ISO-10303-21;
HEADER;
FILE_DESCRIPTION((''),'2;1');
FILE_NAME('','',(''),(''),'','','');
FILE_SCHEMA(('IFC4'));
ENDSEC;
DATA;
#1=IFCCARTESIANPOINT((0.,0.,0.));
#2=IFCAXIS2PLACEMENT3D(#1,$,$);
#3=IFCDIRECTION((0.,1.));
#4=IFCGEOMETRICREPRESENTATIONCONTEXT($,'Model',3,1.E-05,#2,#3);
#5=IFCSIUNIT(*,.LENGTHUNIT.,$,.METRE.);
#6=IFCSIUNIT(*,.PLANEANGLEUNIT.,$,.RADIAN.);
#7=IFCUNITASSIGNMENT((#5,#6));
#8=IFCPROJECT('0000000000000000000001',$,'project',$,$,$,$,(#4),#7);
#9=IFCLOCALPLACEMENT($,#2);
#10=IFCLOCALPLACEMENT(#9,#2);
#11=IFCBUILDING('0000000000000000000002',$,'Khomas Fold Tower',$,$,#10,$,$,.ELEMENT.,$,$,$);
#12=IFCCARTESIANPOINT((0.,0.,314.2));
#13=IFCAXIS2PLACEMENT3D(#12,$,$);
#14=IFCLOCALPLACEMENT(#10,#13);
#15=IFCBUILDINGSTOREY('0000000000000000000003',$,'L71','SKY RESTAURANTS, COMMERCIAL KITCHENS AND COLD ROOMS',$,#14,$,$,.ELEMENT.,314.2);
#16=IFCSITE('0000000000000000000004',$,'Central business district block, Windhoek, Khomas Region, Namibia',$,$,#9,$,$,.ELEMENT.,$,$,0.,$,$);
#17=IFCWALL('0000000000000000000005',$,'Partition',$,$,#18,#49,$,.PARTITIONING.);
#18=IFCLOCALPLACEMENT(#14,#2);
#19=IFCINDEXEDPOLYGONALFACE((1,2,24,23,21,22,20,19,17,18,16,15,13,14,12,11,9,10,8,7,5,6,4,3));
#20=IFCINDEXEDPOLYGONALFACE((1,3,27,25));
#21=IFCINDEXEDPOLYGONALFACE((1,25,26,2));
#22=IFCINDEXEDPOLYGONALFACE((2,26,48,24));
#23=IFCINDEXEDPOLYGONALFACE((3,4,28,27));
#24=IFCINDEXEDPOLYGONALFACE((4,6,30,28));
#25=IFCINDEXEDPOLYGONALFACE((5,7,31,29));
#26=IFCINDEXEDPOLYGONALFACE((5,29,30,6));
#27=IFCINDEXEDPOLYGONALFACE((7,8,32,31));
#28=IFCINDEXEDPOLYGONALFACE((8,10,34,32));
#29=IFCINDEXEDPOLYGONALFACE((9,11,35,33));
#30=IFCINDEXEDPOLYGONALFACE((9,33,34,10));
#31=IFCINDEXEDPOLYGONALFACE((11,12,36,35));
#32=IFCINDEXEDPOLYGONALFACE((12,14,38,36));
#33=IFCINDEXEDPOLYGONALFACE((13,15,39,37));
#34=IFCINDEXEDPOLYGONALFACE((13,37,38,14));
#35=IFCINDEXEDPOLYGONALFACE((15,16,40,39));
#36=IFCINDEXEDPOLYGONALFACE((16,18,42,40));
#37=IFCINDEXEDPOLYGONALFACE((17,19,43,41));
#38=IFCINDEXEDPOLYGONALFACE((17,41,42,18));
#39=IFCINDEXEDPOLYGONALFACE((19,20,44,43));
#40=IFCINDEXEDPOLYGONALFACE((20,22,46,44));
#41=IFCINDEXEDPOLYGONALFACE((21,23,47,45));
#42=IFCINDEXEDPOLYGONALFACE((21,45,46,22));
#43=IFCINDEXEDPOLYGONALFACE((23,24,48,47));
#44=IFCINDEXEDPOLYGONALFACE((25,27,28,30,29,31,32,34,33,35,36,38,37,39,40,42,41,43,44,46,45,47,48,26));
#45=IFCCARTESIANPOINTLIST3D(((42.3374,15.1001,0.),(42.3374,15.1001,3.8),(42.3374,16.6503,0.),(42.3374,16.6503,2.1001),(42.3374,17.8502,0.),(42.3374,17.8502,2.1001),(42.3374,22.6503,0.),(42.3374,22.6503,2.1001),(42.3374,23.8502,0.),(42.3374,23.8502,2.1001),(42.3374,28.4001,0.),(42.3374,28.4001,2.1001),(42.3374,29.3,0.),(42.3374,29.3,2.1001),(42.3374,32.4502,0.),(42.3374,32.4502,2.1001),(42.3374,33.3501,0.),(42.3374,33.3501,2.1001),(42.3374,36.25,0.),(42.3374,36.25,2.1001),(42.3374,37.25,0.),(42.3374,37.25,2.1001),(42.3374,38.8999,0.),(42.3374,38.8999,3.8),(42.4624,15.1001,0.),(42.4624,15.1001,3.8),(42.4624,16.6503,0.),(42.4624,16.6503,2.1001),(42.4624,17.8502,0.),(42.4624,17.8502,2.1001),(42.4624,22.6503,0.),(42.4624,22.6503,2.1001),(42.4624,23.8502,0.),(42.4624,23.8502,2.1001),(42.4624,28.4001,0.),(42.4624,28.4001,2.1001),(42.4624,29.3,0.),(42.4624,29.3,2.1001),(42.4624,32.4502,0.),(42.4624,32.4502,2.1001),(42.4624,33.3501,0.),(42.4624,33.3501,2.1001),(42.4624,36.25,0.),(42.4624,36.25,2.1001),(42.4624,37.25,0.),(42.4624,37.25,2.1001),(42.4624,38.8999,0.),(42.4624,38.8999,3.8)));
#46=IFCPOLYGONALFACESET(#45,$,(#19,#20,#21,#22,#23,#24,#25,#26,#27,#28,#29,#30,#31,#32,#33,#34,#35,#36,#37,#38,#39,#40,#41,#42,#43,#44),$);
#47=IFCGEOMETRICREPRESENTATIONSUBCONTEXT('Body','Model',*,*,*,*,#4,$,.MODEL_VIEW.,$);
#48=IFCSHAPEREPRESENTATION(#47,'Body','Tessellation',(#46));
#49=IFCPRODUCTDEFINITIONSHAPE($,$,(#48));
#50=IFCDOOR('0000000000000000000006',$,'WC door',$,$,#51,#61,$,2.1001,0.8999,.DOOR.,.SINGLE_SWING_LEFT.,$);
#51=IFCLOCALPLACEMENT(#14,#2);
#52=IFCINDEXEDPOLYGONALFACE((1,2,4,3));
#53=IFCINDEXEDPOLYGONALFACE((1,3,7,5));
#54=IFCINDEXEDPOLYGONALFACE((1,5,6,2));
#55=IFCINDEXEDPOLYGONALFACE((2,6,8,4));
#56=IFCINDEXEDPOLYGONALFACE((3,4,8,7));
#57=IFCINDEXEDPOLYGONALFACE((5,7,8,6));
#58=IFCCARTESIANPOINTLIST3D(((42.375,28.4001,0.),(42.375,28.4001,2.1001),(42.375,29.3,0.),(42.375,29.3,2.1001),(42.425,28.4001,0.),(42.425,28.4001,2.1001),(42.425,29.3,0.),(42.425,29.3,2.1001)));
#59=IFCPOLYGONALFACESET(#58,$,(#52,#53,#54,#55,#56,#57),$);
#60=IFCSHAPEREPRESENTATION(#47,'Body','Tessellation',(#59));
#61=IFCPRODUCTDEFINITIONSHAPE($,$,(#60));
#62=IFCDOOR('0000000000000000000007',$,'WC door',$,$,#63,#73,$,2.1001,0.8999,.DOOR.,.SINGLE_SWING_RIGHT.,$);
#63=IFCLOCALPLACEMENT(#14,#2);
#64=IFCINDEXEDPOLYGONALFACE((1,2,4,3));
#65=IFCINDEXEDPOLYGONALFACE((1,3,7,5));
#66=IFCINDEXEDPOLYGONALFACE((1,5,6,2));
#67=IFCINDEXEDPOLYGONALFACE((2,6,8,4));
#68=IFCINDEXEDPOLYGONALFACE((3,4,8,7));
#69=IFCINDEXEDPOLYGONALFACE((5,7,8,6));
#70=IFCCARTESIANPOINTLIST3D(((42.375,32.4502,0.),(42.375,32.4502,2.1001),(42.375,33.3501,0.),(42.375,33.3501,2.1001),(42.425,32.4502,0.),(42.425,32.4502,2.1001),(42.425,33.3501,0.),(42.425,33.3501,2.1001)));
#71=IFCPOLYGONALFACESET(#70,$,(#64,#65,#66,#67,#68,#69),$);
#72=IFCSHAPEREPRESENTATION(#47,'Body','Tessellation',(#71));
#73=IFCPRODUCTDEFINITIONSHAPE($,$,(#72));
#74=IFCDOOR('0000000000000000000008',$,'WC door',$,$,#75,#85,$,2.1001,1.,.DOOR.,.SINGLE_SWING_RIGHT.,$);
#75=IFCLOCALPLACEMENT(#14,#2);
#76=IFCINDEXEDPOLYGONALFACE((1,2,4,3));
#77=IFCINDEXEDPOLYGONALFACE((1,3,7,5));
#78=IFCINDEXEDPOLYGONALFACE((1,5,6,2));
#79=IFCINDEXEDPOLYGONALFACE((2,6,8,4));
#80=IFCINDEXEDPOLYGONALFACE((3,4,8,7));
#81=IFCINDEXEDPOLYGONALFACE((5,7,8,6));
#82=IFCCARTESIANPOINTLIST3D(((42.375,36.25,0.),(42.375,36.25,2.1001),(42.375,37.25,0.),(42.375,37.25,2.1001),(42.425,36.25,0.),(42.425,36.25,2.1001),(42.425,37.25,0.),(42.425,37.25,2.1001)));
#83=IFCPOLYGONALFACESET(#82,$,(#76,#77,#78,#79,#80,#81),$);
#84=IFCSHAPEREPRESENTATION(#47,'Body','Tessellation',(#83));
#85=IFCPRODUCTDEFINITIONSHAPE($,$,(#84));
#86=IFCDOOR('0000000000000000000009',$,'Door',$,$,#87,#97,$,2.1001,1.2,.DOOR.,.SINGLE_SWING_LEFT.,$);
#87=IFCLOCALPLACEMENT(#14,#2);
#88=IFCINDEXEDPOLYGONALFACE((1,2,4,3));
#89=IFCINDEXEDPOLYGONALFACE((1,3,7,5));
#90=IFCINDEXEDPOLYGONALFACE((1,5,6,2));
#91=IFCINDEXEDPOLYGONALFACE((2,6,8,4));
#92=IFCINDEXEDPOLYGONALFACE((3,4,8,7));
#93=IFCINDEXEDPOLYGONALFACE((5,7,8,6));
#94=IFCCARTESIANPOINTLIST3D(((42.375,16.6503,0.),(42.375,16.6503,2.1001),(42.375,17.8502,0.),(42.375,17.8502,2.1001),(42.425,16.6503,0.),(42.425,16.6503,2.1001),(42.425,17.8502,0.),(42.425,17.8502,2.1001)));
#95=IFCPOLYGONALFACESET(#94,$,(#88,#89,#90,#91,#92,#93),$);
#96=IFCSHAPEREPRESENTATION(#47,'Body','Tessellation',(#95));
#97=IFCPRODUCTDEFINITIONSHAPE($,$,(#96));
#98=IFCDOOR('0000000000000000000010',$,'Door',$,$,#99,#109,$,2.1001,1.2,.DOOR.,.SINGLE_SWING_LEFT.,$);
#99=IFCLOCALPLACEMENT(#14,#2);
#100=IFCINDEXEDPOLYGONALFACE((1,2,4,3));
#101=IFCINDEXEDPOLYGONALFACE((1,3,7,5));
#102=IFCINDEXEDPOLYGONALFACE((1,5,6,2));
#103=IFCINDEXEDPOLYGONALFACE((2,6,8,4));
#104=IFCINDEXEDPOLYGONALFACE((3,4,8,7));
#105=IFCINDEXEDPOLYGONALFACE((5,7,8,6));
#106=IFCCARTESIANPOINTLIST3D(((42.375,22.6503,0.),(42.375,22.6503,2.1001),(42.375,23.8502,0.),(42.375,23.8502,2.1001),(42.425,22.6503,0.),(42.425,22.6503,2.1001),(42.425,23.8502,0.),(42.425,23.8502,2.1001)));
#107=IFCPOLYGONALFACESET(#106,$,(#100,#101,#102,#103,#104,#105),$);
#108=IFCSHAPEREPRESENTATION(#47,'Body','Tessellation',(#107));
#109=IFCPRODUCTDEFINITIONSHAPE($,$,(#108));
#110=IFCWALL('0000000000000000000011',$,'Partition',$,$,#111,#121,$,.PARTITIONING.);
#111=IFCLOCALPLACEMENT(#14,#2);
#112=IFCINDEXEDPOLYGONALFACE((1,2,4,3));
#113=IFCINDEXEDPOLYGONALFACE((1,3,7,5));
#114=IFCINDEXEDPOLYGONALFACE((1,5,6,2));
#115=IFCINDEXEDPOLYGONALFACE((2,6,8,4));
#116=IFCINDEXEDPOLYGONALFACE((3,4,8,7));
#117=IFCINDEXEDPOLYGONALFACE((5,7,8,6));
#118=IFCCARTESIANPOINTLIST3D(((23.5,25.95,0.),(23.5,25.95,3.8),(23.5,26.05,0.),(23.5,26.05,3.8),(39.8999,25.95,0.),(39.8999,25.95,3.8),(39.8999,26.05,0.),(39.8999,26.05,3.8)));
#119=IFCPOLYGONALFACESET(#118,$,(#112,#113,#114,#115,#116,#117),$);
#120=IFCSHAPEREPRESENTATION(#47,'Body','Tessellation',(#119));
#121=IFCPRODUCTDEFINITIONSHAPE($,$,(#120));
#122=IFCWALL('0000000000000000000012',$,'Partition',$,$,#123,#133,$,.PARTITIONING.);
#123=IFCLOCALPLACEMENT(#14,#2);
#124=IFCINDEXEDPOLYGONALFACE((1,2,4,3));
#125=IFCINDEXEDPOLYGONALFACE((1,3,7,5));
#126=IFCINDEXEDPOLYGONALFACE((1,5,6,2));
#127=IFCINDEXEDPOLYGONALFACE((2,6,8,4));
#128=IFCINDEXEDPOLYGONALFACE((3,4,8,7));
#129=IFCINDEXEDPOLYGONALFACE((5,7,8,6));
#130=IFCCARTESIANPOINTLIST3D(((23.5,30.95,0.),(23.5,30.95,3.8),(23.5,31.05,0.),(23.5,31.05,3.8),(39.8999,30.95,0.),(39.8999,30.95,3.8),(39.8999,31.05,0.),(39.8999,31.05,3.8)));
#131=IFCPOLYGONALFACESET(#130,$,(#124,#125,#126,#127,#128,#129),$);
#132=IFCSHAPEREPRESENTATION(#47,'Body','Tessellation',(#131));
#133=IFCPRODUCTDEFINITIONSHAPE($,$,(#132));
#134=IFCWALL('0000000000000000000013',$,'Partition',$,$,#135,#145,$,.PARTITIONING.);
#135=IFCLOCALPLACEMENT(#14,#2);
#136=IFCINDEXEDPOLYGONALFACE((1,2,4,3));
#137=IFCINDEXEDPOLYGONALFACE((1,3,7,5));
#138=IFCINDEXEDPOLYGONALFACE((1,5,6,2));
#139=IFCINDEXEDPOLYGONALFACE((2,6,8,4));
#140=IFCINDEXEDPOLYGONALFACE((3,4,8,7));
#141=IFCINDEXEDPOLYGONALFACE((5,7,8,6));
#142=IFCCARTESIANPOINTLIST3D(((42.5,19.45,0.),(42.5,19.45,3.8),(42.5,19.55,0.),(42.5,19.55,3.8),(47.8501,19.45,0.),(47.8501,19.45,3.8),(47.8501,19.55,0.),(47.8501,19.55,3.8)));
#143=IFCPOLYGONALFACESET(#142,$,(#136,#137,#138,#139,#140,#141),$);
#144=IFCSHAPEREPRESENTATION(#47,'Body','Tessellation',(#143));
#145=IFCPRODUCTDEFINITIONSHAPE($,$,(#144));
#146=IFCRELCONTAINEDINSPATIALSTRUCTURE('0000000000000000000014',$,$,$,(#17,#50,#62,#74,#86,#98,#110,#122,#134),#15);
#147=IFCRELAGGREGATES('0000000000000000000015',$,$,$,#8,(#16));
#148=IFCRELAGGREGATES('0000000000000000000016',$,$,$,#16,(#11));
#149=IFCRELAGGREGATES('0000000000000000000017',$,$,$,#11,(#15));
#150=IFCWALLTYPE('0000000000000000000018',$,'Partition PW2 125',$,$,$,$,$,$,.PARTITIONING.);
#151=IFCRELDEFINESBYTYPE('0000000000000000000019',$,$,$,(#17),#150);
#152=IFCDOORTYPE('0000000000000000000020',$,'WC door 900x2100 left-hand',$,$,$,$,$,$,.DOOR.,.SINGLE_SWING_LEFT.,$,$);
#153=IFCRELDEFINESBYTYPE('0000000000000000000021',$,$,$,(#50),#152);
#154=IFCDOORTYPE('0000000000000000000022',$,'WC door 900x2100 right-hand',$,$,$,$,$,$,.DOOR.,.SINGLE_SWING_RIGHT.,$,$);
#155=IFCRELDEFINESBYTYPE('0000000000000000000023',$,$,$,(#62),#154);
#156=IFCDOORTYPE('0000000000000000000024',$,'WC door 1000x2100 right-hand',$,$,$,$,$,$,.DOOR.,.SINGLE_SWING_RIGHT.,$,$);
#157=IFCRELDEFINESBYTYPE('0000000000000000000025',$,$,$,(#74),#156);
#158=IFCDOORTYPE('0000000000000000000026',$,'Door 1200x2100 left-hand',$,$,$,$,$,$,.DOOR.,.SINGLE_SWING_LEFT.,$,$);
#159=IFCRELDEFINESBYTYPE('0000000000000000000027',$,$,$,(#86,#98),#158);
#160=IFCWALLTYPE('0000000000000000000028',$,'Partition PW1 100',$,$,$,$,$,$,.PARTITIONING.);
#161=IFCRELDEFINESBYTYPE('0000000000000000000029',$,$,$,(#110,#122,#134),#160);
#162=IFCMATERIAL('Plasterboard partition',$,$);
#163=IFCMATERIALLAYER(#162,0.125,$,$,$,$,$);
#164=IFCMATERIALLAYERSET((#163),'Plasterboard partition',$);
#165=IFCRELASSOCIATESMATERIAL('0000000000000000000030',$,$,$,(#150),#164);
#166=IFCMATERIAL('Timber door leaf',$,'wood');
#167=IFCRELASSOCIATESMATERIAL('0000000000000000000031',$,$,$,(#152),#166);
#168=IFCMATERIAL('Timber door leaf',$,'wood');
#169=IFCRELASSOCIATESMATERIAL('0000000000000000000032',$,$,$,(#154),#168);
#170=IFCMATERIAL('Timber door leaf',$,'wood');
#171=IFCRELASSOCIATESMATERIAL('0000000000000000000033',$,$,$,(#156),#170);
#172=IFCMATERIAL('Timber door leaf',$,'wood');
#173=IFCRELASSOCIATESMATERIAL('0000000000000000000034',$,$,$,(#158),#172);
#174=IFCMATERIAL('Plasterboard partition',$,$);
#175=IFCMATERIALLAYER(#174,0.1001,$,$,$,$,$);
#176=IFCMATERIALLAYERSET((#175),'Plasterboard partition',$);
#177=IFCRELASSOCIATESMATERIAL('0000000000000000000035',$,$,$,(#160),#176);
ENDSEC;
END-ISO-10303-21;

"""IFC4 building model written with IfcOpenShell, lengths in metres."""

from ifc_helpers import new_model, si_unit, direction, frame, frame_2d, origin, place, context, subcontext, project, spatial, rectangle, extrude, source, transform, mapped, material, layer, layer_set, type_object, element, fill, save


model = new_model("IFC4")

# Units and contexts
model_context = context("Model", 3, precision=1e-05, world=origin(), true_north=direction((0.0, 1.0)))
body_context = subcontext(model_context, "Body", "Model", "MODEL_VIEW")
ifc_project = project(units=[si_unit("LENGTHUNIT", "METRE"), si_unit("PLANEANGLEUNIT", "RADIAN")], contexts=[model_context])

# Site, building, storey
site_placement = place(None, origin())
site = spatial("IfcSite", under=ifc_project, at=site_placement, Name="Central business district block, Windhoek, Khomas Region, Namibia", CompositionType="ELEMENT", RefElevation=0.0)
building_placement = place(site_placement, origin())
building = spatial("IfcBuilding", under=site, at=building_placement, Name="Khomas Fold Tower", CompositionType="ELEMENT")
storey_placement = place(building_placement, frame((0.0, 0.0, 314.2)))
storey = spatial("IfcBuildingStorey", under=building, at=storey_placement, Name="L71", Description="SKY RESTAURANTS, COMMERCIAL KITCHENS AND COLD ROOMS", CompositionType="ELEMENT", Elevation=314.2)

# Shared definitions
ifc_material_1 = material(Name="Plasterboard partition")
ifc_layer_1 = layer(ifc_material_1, 0.125)
ifc_layer_set_1 = layer_set([ifc_layer_1], Name="Plasterboard partition")
wall_type_1 = type_object("IfcWallType", Name="Partition PW2 125", PredefinedType="PARTITIONING", material=ifc_layer_set_1)
shared_shape_1 = source(origin(), body_context, "Body", "SweptSolid", [
    extrude(rectangle(XDim=0.8999, YDim=2.1001, at=frame_2d((0.45, 1.05))), frame((0.0, 0.0725, 0.0), z_axis=(0.0, -1.0, 0.0), x_axis=(1.0, 0.0, 0.0)), (0.0, 0.0, 1.0), 0.145),
])
shared_shape_2 = source(origin(), body_context, "Body", "SweptSolid", [
    extrude(rectangle(XDim=0.8999, YDim=2.1001, at=frame_2d((0.45, 1.05))), frame((0.0, 0.0249, 0.0), z_axis=(0.0, -1.0, 0.0), x_axis=(1.0, 0.0, 0.0)), (0.0, 0.0, 1.0), 0.05),
])

# Wall, openings, doors
shared_shape_3 = source(origin(), body_context, "Body", "SweptSolid", [
    extrude(rectangle(XDim=23.7998, YDim=0.125, at=frame_2d((11.8999, 0.0))), origin(), (0.0, 0.0, 1.0), 3.8),
])
wall_1_placement = place(storey_placement, frame((42.3999, 15.1001, 0.0), z_axis=(0.0, 0.0, 1.0), x_axis=(0.0, 1.0, 0.0)))
wall_1 = element("IfcWall", 1, at=wall_1_placement, inside=storey, type_object=wall_type_1, Name="Partition", PredefinedType="PARTITIONING", context=body_context, shape_type="MappedRepresentation", body=[
    mapped(shared_shape_3, transform((0.0, 0.0, 0.0))),
])
shared_shape_4 = source(origin(), body_context, "Body", "SweptSolid", [
    extrude(rectangle(XDim=1.2, YDim=2.1001, at=frame_2d((0.6001, 1.05))), frame((0.0, 0.0725, 0.0), z_axis=(0.0, -1.0, 0.0), x_axis=(1.0, 0.0, 0.0)), (0.0, 0.0, 1.0), 0.145),
])
opening_1_placement = place(wall_1_placement, frame((1.55, 0.0, 0.0)))
opening_1 = element("IfcOpeningElement", 2, at=opening_1_placement, cuts=wall_1, PredefinedType="OPENING", context=body_context, shape_type="MappedRepresentation", body=[
    mapped(shared_shape_4, transform((0.0, 0.0, 0.0))),
])
opening_2_placement = place(wall_1_placement, frame((7.55, 0.0, 0.0)))
opening_2 = element("IfcOpeningElement", 3, at=opening_2_placement, cuts=wall_1, PredefinedType="OPENING", context=body_context, shape_type="MappedRepresentation", body=[
    mapped(shared_shape_4, transform((0.0, 0.0, 0.0))),
])
opening_3_placement = place(wall_1_placement, frame((13.3, 0.0, 0.0)))
opening_3 = element("IfcOpeningElement", 4, at=opening_3_placement, cuts=wall_1, PredefinedType="OPENING", context=body_context, shape_type="MappedRepresentation", body=[
    mapped(shared_shape_1, transform((0.0, 0.0, 0.0))),
])
opening_4_placement = place(wall_1_placement, frame((17.3501, 0.0, 0.0)))
opening_4 = element("IfcOpeningElement", 5, at=opening_4_placement, cuts=wall_1, PredefinedType="OPENING", context=body_context, shape_type="MappedRepresentation", body=[
    mapped(shared_shape_1, transform((0.0, 0.0, 0.0))),
])
shared_shape_5 = source(origin(), body_context, "Body", "SweptSolid", [
    extrude(rectangle(XDim=1.0, YDim=2.1001, at=frame_2d((0.5, 1.05))), frame((0.0, 0.0725, 0.0), z_axis=(0.0, -1.0, 0.0), x_axis=(1.0, 0.0, 0.0)), (0.0, 0.0, 1.0), 0.145),
])
opening_5_placement = place(wall_1_placement, frame((21.1499, 0.0, 0.0)))
opening_5 = element("IfcOpeningElement", 6, at=opening_5_placement, cuts=wall_1, PredefinedType="OPENING", context=body_context, shape_type="MappedRepresentation", body=[
    mapped(shared_shape_5, transform((0.0, 0.0, 0.0))),
])
ifc_material_2 = material(Name="Timber door leaf", Category="wood")
door_type_1 = type_object("IfcDoorType", Name="WC door 900x2100 left-hand", OperationType="SINGLE_SWING_LEFT", PredefinedType="DOOR", material=ifc_material_2)
door_1_placement = place(opening_3_placement, origin())
door_1 = element("IfcDoor", 7, at=door_1_placement, inside=storey, type_object=door_type_1, Name="WC door", OperationType="SINGLE_SWING_LEFT", OverallHeight=2.1001, OverallWidth=0.8999, PredefinedType="DOOR", context=body_context, shape_type="MappedRepresentation", body=[
    mapped(shared_shape_2, transform((0.0, 0.0, 0.0))),
])
fill(opening_3, door_1)
ifc_material_3 = material(Name="Timber door leaf", Category="wood")
door_type_2 = type_object("IfcDoorType", Name="WC door 900x2100 right-hand", OperationType="SINGLE_SWING_RIGHT", PredefinedType="DOOR", material=ifc_material_3)
door_2_placement = place(opening_4_placement, origin())
door_2 = element("IfcDoor", 8, at=door_2_placement, inside=storey, type_object=door_type_2, Name="WC door", OperationType="SINGLE_SWING_RIGHT", OverallHeight=2.1001, OverallWidth=0.8999, PredefinedType="DOOR", context=body_context, shape_type="MappedRepresentation", body=[
    mapped(shared_shape_2, transform((0.0, 0.0, 0.0))),
])
fill(opening_4, door_2)
ifc_material_4 = material(Name="Timber door leaf", Category="wood")
door_type_3 = type_object("IfcDoorType", Name="WC door 1000x2100 right-hand", OperationType="SINGLE_SWING_RIGHT", PredefinedType="DOOR", material=ifc_material_4)
shared_shape_6 = source(origin(), body_context, "Body", "SweptSolid", [
    extrude(rectangle(XDim=1.0, YDim=2.1001, at=frame_2d((0.5, 1.05))), frame((0.0, 0.0249, 0.0), z_axis=(0.0, -1.0, 0.0), x_axis=(1.0, 0.0, 0.0)), (0.0, 0.0, 1.0), 0.05),
])
door_3_placement = place(opening_5_placement, origin())
door_3 = element("IfcDoor", 9, at=door_3_placement, inside=storey, type_object=door_type_3, Name="WC door", OperationType="SINGLE_SWING_RIGHT", OverallHeight=2.1001, OverallWidth=1.0, PredefinedType="DOOR", context=body_context, shape_type="MappedRepresentation", body=[
    mapped(shared_shape_6, transform((0.0, 0.0, 0.0))),
])
fill(opening_5, door_3)
ifc_material_5 = material(Name="Timber door leaf", Category="wood")
door_type_4 = type_object("IfcDoorType", Name="Door 1200x2100 left-hand", OperationType="SINGLE_SWING_LEFT", PredefinedType="DOOR", material=ifc_material_5)
shared_shape_7 = source(origin(), body_context, "Body", "SweptSolid", [
    extrude(rectangle(XDim=1.2, YDim=2.1001, at=frame_2d((0.6001, 1.05))), frame((0.0, 0.0249, 0.0), z_axis=(0.0, -1.0, 0.0), x_axis=(1.0, 0.0, 0.0)), (0.0, 0.0, 1.0), 0.05),
])
door_4_placement = place(opening_1_placement, origin())
door_4 = element("IfcDoor", 10, at=door_4_placement, inside=storey, type_object=door_type_4, Name="Door", OperationType="SINGLE_SWING_LEFT", OverallHeight=2.1001, OverallWidth=1.2, PredefinedType="DOOR", context=body_context, shape_type="MappedRepresentation", body=[
    mapped(shared_shape_7, transform((0.0, 0.0, 0.0))),
])
fill(opening_1, door_4)
door_5_placement = place(opening_2_placement, origin())
door_5 = element("IfcDoor", 11, at=door_5_placement, inside=storey, type_object=door_type_4, Name="Door", OperationType="SINGLE_SWING_LEFT", OverallHeight=2.1001, OverallWidth=1.2, PredefinedType="DOOR", context=body_context, shape_type="MappedRepresentation", body=[
    mapped(shared_shape_7, transform((0.0, 0.0, 0.0))),
])
fill(opening_2, door_5)

# Walls
ifc_material_6 = material(Name="Plasterboard partition")
ifc_layer_2 = layer(ifc_material_6, 0.1001)
ifc_layer_set_2 = layer_set([ifc_layer_2], Name="Plasterboard partition")
wall_type_2 = type_object("IfcWallType", Name="Partition PW1 100", PredefinedType="PARTITIONING", material=ifc_layer_set_2)
shared_shape_8 = source(origin(), body_context, "Body", "SweptSolid", [
    extrude(rectangle(XDim=16.3999, YDim=0.1001, at=frame_2d((8.2, 0.0))), origin(), (0.0, 0.0, 1.0), 3.8),
])
for number, where, z_axis, x_axis, name in (
    (12, (23.5, 26.0, 0.0), (0.0, 0.0, 1.0), (1.0, 0.0, 0.0), "Partition"),
    (13, (23.5, 31.0, 0.0), (0.0, 0.0, 1.0), (1.0, 0.0, 0.0), "Partition"),
):
    element("IfcWall", number, at=place(storey_placement, frame(where, z_axis=z_axis, x_axis=x_axis)), inside=storey, type_object=wall_type_2, Name=name, PredefinedType="PARTITIONING", context=body_context, shape_type="MappedRepresentation", body=[
        mapped(shared_shape_8, transform((0.0, 0.0, 0.0))),
    ])
shared_shape_9 = source(origin(), body_context, "Body", "SweptSolid", [
    extrude(rectangle(XDim=5.3501, YDim=0.1001, at=frame_2d((2.675, 0.0))), origin(), (0.0, 0.0, 1.0), 3.8),
])
wall_2_placement = place(storey_placement, frame((42.5, 19.5, 0.0), z_axis=(0.0, 0.0, 1.0), x_axis=(1.0, 0.0, 0.0)))
element("IfcWall", 14, at=wall_2_placement, inside=storey, type_object=wall_type_2, Name="Partition", PredefinedType="PARTITIONING", context=body_context, shape_type="MappedRepresentation", body=[
    mapped(shared_shape_9, transform((0.0, 0.0, 0.0))),
])

save(model, "model.ifc")
